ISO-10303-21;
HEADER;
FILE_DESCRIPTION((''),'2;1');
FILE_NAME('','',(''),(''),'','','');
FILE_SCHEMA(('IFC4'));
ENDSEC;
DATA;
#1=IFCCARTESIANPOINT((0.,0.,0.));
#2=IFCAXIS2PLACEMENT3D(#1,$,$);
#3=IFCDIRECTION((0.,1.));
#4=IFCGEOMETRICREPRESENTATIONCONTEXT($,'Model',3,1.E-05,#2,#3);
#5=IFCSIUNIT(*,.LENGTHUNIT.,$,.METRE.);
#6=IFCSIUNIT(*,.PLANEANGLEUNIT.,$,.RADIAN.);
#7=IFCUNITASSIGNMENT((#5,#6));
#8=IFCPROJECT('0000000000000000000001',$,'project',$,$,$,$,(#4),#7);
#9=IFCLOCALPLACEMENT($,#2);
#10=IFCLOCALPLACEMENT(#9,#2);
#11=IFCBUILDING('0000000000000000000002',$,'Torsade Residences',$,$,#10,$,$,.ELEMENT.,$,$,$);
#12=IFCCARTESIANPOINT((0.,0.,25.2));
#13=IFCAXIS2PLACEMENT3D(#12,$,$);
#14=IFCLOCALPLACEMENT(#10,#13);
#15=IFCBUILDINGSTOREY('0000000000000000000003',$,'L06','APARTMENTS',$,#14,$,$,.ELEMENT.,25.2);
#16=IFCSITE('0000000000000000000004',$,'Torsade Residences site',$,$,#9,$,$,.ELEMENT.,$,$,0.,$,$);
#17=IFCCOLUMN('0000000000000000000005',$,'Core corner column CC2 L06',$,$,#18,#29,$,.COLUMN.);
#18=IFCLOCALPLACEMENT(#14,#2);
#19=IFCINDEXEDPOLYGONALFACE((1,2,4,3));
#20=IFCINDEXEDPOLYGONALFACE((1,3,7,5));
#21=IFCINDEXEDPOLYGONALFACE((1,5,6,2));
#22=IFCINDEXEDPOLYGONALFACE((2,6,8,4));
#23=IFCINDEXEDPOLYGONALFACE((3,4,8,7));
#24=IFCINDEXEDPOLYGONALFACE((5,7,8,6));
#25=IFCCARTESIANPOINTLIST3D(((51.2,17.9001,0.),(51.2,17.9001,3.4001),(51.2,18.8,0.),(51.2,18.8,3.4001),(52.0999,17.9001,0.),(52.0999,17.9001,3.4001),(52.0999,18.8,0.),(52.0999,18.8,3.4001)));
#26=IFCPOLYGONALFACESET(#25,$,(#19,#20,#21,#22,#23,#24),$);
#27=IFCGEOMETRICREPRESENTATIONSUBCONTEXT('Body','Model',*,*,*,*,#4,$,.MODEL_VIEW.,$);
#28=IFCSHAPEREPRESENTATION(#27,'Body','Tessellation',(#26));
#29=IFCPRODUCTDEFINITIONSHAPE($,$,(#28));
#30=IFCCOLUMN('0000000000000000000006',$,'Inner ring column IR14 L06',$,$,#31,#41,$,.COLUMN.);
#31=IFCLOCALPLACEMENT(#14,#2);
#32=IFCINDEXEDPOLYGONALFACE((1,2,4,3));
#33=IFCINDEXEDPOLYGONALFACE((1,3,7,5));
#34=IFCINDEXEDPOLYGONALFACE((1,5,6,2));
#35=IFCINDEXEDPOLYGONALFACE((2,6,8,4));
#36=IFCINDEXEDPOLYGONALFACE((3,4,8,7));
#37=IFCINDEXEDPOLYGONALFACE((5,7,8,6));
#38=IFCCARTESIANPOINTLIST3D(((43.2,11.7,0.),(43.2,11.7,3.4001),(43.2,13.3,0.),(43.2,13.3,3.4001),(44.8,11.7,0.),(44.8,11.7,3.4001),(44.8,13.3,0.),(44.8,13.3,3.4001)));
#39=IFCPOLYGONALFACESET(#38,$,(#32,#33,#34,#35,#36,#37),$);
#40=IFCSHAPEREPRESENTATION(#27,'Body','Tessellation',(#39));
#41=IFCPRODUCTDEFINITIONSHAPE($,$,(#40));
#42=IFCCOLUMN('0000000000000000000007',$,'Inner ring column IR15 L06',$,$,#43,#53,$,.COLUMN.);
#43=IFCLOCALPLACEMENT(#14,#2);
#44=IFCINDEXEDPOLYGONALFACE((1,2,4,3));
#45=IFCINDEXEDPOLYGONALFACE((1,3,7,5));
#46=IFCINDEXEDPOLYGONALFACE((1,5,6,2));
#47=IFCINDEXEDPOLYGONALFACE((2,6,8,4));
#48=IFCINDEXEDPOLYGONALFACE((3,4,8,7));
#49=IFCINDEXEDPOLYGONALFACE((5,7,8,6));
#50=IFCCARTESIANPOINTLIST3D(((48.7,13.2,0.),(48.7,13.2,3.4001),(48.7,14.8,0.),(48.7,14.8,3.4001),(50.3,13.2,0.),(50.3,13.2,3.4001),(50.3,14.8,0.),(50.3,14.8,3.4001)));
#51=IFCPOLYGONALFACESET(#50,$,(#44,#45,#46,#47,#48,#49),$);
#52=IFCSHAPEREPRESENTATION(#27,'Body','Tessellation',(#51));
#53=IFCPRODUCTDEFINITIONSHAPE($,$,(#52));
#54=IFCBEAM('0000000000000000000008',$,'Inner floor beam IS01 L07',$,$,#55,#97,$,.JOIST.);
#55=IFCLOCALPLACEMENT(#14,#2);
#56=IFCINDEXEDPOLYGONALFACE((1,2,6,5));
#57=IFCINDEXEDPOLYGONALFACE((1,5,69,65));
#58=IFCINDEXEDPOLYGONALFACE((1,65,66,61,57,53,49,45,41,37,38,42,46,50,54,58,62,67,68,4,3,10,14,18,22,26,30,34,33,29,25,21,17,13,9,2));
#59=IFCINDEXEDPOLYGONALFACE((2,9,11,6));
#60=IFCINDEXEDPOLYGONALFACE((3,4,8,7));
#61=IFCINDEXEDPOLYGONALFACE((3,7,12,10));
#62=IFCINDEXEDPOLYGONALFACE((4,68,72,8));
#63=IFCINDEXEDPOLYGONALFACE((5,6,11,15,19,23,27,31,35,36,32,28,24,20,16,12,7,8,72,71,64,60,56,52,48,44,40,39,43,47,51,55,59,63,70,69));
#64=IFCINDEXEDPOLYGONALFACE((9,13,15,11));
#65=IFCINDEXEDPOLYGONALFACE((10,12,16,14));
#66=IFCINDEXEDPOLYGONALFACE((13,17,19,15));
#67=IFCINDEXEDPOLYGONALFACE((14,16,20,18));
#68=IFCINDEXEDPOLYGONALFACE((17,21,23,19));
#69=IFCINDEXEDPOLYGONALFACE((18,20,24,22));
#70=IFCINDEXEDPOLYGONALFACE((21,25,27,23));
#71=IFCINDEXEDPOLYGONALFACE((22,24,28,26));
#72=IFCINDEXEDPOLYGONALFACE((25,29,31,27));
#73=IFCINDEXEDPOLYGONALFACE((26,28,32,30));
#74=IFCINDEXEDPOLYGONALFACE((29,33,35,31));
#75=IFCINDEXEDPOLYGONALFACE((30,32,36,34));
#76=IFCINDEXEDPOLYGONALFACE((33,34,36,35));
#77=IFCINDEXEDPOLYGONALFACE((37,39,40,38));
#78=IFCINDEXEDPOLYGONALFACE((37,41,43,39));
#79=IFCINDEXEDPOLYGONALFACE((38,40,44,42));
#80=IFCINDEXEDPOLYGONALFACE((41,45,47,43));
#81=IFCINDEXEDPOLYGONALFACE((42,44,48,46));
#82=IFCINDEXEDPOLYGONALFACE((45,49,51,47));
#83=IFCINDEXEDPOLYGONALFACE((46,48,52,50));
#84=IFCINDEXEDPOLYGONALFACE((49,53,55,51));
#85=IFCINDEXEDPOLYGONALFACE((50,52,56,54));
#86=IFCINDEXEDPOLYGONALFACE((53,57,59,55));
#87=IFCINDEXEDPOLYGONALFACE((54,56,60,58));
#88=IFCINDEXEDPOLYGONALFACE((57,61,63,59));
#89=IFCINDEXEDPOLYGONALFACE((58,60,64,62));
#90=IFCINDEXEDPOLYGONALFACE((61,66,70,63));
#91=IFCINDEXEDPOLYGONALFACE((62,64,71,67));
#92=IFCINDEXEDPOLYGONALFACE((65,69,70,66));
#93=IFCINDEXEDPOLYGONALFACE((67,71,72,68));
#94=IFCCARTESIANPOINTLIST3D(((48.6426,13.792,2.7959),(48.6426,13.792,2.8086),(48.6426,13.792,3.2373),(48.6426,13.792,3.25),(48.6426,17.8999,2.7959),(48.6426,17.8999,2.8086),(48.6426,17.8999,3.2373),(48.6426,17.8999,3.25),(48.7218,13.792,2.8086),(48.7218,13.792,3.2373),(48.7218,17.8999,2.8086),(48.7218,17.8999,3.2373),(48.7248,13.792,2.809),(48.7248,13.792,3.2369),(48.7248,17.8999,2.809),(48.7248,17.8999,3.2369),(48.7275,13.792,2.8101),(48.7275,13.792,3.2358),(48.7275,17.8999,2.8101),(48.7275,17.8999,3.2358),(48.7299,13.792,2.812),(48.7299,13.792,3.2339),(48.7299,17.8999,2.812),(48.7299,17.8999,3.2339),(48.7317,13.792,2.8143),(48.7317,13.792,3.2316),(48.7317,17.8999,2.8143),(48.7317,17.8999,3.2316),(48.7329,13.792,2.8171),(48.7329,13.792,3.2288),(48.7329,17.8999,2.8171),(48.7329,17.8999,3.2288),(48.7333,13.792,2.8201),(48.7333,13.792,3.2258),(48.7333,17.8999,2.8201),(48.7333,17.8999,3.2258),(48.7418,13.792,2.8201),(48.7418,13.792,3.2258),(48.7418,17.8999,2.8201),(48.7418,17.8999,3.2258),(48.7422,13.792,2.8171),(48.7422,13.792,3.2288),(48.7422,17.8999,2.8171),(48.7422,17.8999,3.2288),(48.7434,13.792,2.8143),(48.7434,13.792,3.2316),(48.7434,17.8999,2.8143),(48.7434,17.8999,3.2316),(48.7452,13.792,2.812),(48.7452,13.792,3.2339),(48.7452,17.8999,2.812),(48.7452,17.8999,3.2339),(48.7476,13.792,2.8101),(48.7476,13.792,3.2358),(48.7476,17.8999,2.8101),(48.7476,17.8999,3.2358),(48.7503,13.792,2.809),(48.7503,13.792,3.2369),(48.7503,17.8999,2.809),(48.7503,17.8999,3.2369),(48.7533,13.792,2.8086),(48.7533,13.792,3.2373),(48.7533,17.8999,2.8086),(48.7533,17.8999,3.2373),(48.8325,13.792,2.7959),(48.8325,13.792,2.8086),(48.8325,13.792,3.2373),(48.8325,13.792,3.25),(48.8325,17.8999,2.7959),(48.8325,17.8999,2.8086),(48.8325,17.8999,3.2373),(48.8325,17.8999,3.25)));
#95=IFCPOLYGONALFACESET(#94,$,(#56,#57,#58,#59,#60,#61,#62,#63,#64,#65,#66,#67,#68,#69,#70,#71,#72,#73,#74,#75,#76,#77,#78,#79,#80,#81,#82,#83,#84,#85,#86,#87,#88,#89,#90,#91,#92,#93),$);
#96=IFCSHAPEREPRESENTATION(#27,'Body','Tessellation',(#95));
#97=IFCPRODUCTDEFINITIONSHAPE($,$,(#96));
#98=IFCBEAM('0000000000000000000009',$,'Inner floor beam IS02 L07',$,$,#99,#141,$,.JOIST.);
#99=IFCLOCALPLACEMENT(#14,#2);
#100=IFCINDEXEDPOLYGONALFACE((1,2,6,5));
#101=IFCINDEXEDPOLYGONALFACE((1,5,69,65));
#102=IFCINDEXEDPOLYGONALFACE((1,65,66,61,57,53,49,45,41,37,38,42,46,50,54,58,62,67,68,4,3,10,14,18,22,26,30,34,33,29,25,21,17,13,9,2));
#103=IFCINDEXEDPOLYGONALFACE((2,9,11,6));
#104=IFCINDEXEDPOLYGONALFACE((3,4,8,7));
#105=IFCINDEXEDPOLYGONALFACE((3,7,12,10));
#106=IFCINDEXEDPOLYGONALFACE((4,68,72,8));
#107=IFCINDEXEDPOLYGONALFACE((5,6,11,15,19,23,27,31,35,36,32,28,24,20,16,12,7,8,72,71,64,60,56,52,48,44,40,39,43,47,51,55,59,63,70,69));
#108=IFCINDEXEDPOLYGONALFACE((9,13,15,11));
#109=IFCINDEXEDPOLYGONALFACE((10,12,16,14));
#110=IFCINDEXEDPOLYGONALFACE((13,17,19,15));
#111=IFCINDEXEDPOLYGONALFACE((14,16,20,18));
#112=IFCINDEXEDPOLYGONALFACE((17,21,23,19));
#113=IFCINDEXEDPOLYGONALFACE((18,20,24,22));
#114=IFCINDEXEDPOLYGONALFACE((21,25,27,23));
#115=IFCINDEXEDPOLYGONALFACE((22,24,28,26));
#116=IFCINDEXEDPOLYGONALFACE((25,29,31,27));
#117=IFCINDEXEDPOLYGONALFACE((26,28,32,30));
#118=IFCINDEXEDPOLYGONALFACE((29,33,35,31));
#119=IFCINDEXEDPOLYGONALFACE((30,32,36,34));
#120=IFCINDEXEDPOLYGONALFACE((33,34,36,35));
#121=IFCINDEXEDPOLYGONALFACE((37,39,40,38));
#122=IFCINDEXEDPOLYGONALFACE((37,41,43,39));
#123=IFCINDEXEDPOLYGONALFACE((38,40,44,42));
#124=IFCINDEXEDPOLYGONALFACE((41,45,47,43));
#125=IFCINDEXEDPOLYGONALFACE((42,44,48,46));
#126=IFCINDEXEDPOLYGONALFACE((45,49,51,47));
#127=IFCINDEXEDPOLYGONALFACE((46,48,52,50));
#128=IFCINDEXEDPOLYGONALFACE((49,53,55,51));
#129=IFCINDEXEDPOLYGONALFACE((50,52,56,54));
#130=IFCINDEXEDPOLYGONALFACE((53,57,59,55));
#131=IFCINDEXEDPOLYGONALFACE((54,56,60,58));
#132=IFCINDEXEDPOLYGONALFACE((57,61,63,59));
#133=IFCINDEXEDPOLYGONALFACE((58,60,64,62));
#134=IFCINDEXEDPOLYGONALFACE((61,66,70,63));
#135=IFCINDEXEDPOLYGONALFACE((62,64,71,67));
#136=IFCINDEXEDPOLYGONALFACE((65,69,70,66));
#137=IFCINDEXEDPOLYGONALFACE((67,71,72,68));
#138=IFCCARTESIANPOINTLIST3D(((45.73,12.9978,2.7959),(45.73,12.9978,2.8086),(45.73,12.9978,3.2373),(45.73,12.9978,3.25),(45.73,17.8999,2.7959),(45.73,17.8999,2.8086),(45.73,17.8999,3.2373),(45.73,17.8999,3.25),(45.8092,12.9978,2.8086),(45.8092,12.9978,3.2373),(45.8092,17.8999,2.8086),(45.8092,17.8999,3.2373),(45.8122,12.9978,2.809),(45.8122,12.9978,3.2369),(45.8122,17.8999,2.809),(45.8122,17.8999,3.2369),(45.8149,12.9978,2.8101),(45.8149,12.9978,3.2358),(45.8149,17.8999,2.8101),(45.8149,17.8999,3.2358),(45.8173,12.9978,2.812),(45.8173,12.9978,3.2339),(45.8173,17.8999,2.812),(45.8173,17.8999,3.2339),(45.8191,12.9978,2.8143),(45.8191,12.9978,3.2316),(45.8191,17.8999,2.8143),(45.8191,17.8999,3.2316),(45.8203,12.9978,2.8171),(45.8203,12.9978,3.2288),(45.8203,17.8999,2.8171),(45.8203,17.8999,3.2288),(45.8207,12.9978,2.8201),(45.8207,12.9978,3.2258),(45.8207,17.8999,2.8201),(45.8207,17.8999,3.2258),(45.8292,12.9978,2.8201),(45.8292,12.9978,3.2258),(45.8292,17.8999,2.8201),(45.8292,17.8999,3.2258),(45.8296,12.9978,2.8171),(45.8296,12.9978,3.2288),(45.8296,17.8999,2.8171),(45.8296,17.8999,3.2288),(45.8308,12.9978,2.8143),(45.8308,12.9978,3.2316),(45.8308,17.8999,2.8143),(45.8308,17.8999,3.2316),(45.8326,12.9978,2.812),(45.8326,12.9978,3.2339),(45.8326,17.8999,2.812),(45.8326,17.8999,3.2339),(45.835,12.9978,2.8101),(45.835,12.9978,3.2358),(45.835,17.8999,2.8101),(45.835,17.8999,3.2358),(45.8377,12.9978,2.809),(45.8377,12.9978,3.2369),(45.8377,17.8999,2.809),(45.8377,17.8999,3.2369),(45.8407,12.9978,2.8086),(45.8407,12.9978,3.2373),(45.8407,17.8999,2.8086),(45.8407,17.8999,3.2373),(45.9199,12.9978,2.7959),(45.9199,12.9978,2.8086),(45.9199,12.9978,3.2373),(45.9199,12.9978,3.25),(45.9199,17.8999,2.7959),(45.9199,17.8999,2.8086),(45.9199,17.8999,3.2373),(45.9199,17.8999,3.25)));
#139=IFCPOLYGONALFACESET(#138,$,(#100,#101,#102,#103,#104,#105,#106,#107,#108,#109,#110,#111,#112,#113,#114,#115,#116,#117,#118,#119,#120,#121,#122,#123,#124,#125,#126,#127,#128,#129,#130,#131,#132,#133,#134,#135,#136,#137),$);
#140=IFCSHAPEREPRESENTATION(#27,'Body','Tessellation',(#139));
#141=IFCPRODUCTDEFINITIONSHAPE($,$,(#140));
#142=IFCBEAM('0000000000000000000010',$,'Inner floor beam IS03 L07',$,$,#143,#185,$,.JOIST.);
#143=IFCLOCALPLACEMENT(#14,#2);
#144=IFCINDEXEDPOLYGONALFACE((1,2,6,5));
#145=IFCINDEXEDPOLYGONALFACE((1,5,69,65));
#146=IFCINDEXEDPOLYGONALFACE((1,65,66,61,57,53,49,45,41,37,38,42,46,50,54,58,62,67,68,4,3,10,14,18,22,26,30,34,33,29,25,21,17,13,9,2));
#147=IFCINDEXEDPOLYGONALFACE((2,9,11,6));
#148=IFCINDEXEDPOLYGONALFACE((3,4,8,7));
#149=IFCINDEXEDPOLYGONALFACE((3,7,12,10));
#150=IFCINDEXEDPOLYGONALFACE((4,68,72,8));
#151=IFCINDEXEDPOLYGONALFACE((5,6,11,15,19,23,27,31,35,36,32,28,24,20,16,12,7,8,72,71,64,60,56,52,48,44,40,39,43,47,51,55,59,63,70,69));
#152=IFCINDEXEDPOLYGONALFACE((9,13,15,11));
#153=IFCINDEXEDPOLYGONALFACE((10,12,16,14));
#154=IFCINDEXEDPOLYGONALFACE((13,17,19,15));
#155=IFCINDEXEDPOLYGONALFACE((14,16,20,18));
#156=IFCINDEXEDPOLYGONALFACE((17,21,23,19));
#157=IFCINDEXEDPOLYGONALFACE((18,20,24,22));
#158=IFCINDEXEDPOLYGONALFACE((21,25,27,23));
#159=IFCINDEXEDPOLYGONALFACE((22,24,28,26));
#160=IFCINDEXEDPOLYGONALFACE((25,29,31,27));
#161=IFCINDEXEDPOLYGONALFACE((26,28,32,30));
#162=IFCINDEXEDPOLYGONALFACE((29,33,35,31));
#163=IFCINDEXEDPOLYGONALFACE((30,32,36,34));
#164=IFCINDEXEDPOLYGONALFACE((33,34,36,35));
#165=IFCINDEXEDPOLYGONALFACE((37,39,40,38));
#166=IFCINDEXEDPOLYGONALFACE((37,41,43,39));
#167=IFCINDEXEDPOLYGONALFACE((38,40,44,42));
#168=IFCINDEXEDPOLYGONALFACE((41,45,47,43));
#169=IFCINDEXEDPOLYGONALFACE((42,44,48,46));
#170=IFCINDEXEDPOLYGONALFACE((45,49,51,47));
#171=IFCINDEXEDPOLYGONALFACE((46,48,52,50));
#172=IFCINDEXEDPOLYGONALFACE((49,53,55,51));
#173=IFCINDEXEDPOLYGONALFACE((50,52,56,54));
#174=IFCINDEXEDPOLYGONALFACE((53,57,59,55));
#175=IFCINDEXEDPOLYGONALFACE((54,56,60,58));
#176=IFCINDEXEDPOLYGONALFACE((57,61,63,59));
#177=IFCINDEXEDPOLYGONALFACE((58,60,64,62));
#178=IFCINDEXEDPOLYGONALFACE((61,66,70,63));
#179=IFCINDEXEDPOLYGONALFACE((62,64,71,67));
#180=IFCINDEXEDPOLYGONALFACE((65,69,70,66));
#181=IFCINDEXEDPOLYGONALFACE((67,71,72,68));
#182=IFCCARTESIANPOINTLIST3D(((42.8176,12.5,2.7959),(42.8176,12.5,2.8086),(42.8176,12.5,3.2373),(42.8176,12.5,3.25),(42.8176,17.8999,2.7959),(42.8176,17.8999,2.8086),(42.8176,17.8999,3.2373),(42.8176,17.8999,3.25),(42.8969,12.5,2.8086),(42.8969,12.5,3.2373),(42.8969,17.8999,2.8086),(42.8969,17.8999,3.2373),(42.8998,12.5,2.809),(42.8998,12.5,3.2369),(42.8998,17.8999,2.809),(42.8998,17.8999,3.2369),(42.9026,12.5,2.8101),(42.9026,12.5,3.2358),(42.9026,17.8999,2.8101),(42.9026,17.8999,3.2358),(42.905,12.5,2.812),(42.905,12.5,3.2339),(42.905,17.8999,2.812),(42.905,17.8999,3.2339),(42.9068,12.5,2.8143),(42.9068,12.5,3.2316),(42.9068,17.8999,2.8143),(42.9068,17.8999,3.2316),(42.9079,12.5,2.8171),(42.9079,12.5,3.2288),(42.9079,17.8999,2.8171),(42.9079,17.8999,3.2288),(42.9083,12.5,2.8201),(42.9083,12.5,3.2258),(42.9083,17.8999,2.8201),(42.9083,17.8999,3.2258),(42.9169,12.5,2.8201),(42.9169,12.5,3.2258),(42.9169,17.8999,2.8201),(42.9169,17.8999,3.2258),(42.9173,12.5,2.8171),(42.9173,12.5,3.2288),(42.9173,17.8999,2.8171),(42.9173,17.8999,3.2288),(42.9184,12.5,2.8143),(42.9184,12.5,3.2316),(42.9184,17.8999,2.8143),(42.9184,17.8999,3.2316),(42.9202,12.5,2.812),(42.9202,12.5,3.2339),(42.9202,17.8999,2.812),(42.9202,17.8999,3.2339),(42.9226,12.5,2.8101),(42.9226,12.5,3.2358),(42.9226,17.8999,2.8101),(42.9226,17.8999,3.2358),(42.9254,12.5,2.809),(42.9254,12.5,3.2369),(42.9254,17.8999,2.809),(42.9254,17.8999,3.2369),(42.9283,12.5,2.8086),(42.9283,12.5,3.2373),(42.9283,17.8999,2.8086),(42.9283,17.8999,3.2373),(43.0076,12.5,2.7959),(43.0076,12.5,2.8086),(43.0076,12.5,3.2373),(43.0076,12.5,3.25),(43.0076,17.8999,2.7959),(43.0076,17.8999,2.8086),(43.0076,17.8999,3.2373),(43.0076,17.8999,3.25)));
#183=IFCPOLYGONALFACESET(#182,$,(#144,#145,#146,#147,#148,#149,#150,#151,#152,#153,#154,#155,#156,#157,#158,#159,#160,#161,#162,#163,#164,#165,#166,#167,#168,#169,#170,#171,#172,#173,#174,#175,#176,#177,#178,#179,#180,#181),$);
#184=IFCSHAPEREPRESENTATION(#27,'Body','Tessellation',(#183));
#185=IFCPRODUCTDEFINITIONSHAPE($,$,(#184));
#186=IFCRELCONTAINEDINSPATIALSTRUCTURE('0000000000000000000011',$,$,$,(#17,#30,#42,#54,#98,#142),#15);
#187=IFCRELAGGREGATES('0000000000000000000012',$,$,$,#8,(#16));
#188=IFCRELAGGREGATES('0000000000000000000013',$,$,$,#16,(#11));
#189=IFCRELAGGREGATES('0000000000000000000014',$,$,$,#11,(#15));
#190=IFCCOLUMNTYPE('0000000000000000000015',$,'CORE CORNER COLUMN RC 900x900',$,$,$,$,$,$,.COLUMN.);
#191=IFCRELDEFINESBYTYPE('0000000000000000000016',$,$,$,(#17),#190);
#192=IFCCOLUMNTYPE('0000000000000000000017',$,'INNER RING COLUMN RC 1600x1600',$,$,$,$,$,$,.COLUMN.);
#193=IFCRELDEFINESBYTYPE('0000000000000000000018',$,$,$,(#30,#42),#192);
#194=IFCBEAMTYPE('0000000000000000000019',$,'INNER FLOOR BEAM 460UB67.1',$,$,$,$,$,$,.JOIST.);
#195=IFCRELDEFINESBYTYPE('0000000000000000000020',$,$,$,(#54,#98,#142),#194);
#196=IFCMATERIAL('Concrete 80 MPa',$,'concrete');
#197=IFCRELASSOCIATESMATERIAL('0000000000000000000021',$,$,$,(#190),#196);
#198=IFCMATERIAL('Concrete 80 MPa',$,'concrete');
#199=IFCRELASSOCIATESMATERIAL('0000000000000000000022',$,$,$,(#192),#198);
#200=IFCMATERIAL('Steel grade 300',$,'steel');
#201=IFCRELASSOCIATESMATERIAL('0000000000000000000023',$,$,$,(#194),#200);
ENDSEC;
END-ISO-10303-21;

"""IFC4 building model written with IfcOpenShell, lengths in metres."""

from ifc_helpers import new_model, si_unit, direction, frame, origin, origin_2d, place, context, subcontext, project, spatial, rectangle, i_section, extrude, material, material_profile, profile_set, type_object, element, save


model = new_model("IFC4")

# Units and contexts
model_context = context("Model", 3, precision=1e-05, world=origin(), true_north=direction((0.0, 1.0)))
body_context = subcontext(model_context, "Body", "Model", "MODEL_VIEW")
ifc_project = project(units=[si_unit("LENGTHUNIT", "METRE"), si_unit("PLANEANGLEUNIT", "RADIAN")], contexts=[model_context])

# Site, building, storey
site_placement = place(None, origin())
site = spatial("IfcSite", under=ifc_project, at=site_placement, Name="Torsade Residences site", CompositionType="ELEMENT", RefElevation=0.0)
building_placement = place(site_placement, origin())
building = spatial("IfcBuilding", under=site, at=building_placement, Name="Torsade Residences", CompositionType="ELEMENT")
storey_placement = place(building_placement, frame((0.0, 0.0, 25.2)))
storey = spatial("IfcBuildingStorey", under=building, at=storey_placement, Name="L06", Description="APARTMENTS", CompositionType="ELEMENT", Elevation=25.2)

# Columns
ifc_material_1 = material(Name="Concrete 80 MPa", Category="concrete")
ifc_material_profile_1 = material_profile(ifc_material_1, rectangle(XDim=0.8999, YDim=0.8999, at=origin_2d()), Name="RC 900x900")
ifc_profile_set_1 = profile_set([ifc_material_profile_1], Name="Concrete 80 MPa")
column_type_1 = type_object("IfcColumnType", Name="CORE CORNER COLUMN RC 900x900", PredefinedType="COLUMN", material=ifc_profile_set_1)
column_placement = place(storey_placement, frame((51.6499, 18.3501, 0.0), z_axis=(0.0, 0.0, 1.0), x_axis=(1.0, 0.0, 0.0)))
element("IfcColumn", 1, at=column_placement, inside=storey, type_object=column_type_1, Name="Core corner column CC2 L06", PredefinedType="COLUMN", context=body_context, shape_type="SweptSolid", body=[
    extrude(rectangle(XDim=0.8999, YDim=0.8999, at=origin_2d()), origin(), (0.0, 0.0, 1.0), 3.4001),
])
ifc_material_2 = material(Name="Concrete 80 MPa", Category="concrete")
ifc_material_profile_2 = material_profile(ifc_material_2, rectangle(XDim=1.6001, YDim=1.6001, at=origin_2d()), Name="RC 1600x1600")
ifc_profile_set_2 = profile_set([ifc_material_profile_2], Name="Concrete 80 MPa")
column_type_2 = type_object("IfcColumnType", Name="INNER RING COLUMN RC 1600x1600", PredefinedType="COLUMN", material=ifc_profile_set_2)
for number, where, z_axis, x_axis, name in (
    (2, (44.0, 12.5, 0.0), (0.0, 0.0, 1.0), (1.0, 0.0, 0.0), "Inner ring column IR14 L06"),
    (3, (49.5, 14.0, 0.0), (0.0, 0.0, 1.0), (1.0, 0.0, 0.0), "Inner ring column IR15 L06"),
):
    element("IfcColumn", number, at=place(storey_placement, frame(where, z_axis=z_axis, x_axis=x_axis)), inside=storey, type_object=column_type_2, Name=name, PredefinedType="COLUMN", context=body_context, shape_type="SweptSolid", body=[
        extrude(rectangle(XDim=1.6001, YDim=1.6001, at=origin_2d()), origin(), (0.0, 0.0, 1.0), 3.4001),
    ])

# Beams
ifc_material_3 = material(Name="Steel grade 300", Category="steel")
ifc_material_profile_3 = material_profile(ifc_material_3, i_section(OverallWidth=0.1899, OverallDepth=0.4541, WebThickness=0.0085, FlangeThickness=0.0127, FilletRadius=0.0115, at=origin_2d()), Name="460UB67.1")
ifc_profile_set_3 = profile_set([ifc_material_profile_3], Name="Steel grade 300")
beam_type_1 = type_object("IfcBeamType", Name="INNER FLOOR BEAM 460UB67.1", PredefinedType="JOIST", material=ifc_profile_set_3)
beam_1_placement = place(storey_placement, frame((48.7375, 17.8999, 3.0229), z_axis=(0.0, -1.0, 0.0), x_axis=(1.0, 0.0, 0.0)))
element("IfcBeam", 4, at=beam_1_placement, inside=storey, type_object=beam_type_1, Name="Inner floor beam IS01 L07", PredefinedType="JOIST", context=body_context, shape_type="SweptSolid", body=[
    extrude(i_section(OverallWidth=0.1899, OverallDepth=0.4541, WebThickness=0.0085, FlangeThickness=0.0127, FilletRadius=0.0115, at=origin_2d()), origin(), (0.0, 0.0, 1.0), 4.1079),
])
beam_2_placement = place(storey_placement, frame((45.825, 17.8999, 3.0229), z_axis=(0.0, -1.0, 0.0), x_axis=(1.0, 0.0, 0.0)))
element("IfcBeam", 5, at=beam_2_placement, inside=storey, type_object=beam_type_1, Name="Inner floor beam IS02 L07", PredefinedType="JOIST", context=body_context, shape_type="SweptSolid", body=[
    extrude(i_section(OverallWidth=0.1899, OverallDepth=0.4541, WebThickness=0.0085, FlangeThickness=0.0127, FilletRadius=0.0115, at=origin_2d()), origin(), (0.0, 0.0, 1.0), 4.9021),
])
for number, where, z_axis, x_axis, name in (
    (6, (42.9126, 17.8999, 3.0229), (0.0, -1.0, 0.0), (1.0, 0.0, 0.0), "Inner floor beam IS03 L07"),
):
    element("IfcBeam", number, at=place(storey_placement, frame(where, z_axis=z_axis, x_axis=x_axis)), inside=storey, type_object=beam_type_1, Name=name, PredefinedType="JOIST", context=body_context, shape_type="SweptSolid", body=[
        extrude(i_section(OverallWidth=0.1899, OverallDepth=0.4541, WebThickness=0.0085, FlangeThickness=0.0127, FilletRadius=0.0115, at=origin_2d()), origin(), (0.0, 0.0, 1.0), 5.3999),
    ])

save(model, "model.ifc")
